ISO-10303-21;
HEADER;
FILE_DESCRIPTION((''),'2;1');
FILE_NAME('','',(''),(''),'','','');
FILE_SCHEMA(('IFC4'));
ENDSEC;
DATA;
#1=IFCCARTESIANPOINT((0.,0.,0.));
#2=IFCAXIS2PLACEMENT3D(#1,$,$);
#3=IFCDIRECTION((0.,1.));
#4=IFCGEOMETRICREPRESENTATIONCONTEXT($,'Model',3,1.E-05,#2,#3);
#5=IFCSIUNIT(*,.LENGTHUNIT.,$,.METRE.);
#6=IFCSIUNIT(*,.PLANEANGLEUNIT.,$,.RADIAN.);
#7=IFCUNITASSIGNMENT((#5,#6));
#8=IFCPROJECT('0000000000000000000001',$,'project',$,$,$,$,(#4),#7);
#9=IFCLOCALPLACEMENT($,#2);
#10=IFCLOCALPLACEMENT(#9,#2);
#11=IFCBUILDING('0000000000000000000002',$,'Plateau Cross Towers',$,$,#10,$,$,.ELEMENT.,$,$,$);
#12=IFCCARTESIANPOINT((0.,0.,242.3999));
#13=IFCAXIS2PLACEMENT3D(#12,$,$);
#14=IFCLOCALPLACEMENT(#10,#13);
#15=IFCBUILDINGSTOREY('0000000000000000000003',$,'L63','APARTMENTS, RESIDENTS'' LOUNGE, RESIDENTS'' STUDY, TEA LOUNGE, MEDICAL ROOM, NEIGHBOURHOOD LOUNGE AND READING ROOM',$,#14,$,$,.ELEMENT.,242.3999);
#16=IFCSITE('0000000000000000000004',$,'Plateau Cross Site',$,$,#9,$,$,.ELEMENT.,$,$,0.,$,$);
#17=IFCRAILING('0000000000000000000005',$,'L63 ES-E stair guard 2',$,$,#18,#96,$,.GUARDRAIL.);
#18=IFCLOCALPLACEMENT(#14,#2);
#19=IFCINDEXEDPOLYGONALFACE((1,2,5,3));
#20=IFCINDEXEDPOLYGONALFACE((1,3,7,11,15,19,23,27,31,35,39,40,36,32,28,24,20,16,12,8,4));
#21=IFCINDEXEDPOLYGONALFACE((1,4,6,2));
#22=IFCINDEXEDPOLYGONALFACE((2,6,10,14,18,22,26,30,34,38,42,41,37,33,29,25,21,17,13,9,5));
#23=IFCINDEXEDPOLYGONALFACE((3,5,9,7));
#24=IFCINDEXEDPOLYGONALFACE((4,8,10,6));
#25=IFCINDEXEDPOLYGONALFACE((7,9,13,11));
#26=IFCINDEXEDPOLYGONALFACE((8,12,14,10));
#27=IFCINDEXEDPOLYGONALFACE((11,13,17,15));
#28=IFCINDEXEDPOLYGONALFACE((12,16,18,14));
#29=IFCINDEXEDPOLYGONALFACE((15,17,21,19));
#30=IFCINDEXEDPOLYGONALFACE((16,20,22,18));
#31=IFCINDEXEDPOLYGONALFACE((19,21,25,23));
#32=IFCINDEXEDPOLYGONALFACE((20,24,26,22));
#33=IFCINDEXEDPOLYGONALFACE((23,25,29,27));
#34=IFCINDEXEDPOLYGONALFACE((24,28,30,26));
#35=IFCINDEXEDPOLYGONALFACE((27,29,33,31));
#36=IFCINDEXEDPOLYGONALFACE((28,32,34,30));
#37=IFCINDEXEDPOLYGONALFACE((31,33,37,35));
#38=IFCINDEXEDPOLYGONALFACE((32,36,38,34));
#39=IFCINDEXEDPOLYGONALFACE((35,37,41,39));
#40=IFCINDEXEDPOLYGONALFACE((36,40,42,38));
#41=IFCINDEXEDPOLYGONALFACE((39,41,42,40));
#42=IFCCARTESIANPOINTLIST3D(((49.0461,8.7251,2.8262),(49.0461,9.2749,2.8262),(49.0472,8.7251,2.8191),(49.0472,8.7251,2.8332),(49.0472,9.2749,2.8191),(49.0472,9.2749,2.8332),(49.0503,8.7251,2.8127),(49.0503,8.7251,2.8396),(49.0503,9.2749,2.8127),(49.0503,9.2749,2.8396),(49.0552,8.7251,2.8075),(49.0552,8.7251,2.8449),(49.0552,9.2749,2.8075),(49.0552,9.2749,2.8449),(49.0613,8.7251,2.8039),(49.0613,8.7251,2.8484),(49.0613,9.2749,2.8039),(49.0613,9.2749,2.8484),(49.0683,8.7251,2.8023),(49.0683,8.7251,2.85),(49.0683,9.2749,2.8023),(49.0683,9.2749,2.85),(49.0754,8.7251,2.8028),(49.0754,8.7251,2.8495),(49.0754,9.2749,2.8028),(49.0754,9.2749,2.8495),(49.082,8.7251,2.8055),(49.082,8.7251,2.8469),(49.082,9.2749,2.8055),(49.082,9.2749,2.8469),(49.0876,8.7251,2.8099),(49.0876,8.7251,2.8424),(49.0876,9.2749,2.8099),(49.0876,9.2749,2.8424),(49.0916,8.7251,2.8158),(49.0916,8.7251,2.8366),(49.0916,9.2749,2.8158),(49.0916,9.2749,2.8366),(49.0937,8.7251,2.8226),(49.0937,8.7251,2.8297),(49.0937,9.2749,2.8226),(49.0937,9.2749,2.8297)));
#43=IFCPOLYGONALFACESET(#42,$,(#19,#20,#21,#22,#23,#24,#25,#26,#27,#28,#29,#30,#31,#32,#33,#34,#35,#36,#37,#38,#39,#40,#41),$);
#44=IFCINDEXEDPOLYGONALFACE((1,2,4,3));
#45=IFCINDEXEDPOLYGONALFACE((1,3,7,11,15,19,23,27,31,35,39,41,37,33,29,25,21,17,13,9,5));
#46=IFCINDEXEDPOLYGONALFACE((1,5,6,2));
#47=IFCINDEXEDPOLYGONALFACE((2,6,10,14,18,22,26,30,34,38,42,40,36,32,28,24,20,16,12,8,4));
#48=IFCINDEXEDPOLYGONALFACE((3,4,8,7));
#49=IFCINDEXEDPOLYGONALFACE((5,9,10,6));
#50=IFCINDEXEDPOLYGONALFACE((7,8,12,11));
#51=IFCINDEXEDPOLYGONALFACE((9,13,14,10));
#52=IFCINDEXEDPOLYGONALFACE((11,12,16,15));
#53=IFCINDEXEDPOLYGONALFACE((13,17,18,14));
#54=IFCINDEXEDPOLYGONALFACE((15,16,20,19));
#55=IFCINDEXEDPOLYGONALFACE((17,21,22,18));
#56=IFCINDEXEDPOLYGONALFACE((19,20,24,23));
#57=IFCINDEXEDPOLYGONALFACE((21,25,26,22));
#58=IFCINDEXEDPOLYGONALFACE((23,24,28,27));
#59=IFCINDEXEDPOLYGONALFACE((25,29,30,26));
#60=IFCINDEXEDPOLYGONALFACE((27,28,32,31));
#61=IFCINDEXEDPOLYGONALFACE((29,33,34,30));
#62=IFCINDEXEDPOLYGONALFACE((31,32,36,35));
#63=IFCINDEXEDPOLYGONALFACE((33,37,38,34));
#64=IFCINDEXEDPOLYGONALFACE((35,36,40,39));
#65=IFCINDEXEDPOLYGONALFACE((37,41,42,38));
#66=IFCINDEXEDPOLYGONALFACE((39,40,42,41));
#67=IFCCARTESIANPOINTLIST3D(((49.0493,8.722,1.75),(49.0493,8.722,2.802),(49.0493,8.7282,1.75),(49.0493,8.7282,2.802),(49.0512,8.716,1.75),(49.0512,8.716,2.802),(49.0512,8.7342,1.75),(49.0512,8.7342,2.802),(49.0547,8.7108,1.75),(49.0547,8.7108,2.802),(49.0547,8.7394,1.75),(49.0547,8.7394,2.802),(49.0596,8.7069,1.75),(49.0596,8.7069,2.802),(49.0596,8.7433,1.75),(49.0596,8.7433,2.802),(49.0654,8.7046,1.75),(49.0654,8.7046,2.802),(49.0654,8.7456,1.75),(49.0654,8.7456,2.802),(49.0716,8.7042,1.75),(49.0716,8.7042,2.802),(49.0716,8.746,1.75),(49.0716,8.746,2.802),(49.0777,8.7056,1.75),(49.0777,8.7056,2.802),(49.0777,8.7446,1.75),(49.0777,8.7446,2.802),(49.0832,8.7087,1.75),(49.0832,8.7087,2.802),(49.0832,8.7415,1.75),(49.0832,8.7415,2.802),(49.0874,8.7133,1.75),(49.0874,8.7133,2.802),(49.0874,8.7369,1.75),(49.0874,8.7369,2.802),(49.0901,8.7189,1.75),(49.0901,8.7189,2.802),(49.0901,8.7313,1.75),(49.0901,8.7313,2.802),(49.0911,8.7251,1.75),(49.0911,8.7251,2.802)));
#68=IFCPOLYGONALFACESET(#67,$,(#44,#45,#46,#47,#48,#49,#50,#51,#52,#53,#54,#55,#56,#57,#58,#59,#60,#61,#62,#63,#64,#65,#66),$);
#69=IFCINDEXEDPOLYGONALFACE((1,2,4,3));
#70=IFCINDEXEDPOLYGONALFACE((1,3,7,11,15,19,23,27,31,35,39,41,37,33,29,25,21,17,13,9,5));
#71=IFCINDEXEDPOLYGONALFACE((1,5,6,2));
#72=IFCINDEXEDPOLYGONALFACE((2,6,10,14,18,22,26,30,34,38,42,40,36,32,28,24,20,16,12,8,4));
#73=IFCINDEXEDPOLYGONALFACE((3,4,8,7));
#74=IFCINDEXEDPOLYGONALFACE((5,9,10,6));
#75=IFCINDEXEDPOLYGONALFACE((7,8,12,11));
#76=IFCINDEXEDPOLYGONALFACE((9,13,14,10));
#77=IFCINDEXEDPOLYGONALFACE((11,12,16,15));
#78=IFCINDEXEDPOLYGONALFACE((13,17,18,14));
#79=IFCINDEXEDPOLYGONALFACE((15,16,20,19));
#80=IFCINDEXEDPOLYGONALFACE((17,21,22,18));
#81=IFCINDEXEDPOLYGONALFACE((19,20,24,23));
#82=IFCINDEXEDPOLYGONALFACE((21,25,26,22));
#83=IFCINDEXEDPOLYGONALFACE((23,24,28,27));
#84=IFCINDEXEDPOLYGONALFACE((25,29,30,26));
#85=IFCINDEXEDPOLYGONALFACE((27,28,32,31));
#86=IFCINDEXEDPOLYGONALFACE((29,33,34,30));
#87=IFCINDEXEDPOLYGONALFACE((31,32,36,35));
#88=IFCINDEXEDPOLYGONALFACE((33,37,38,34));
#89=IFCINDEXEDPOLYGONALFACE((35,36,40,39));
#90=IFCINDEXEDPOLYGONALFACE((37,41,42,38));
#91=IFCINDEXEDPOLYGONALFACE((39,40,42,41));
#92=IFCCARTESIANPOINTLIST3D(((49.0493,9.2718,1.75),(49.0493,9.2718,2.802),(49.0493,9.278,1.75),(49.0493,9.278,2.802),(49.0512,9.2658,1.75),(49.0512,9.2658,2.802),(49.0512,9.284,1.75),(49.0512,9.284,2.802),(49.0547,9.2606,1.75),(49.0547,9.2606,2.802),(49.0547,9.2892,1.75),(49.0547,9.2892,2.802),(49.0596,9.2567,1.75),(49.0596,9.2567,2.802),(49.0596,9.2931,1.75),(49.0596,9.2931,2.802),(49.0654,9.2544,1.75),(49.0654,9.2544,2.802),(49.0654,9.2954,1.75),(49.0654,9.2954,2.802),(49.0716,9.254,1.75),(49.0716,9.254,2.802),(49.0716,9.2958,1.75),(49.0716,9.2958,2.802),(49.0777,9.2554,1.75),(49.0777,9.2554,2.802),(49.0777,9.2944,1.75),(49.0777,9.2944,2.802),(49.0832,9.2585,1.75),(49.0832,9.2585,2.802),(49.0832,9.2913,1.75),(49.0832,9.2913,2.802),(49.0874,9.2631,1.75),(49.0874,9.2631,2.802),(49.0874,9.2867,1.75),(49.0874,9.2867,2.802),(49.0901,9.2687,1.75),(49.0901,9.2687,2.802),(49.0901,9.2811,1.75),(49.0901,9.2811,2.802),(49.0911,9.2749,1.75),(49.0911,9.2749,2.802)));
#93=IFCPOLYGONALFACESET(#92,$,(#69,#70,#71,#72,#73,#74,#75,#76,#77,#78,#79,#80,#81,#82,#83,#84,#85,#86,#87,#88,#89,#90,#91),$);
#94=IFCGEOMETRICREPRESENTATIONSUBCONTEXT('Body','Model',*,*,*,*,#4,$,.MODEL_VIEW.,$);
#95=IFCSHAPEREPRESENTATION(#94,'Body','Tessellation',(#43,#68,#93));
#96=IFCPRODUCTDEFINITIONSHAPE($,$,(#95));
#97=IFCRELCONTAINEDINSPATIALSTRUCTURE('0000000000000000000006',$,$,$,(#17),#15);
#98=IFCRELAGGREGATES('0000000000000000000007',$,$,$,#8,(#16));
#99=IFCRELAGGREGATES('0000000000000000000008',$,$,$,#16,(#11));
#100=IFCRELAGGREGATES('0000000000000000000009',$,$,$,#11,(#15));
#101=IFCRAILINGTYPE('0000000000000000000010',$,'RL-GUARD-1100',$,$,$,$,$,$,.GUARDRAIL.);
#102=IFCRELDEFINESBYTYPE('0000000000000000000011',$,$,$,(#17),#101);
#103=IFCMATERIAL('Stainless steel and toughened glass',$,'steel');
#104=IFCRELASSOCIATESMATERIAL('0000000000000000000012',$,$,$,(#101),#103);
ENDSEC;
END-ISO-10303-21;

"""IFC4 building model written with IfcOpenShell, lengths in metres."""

from ifc_helpers import new_model, si_unit, direction, frame, origin, origin_2d, place, context, subcontext, project, spatial, circle, extrude, material, type_object, element, save


model = new_model("IFC4")

# Units and contexts
model_context = context("Model", 3, precision=1e-05, world=origin(), true_north=direction((0.0, 1.0)))
body_context = subcontext(model_context, "Body", "Model", "MODEL_VIEW")
ifc_project = project(units=[si_unit("LENGTHUNIT", "METRE"), si_unit("PLANEANGLEUNIT", "RADIAN")], contexts=[model_context])

# Site, building, storey
site_placement = place(None, origin())
site = spatial("IfcSite", under=ifc_project, at=site_placement, Name="Plateau Cross Site", CompositionType="ELEMENT", RefElevation=0.0)
building_placement = place(site_placement, origin())
building = spatial("IfcBuilding", under=site, at=building_placement, Name="Plateau Cross Towers", CompositionType="ELEMENT")
storey_placement = place(building_placement, frame((0.0, 0.0, 242.3999)))
storey = spatial("IfcBuildingStorey", under=building, at=storey_placement, Name="L63", Description="APARTMENTS, RESIDENTS' LOUNGE, RESIDENTS' STUDY, TEA LOUNGE, MEDICAL ROOM, NEIGHBOURHOOD LOUNGE AND READING ROOM", CompositionType="ELEMENT", Elevation=242.3999)

# Railing
ifc_material_1 = material(Name="Stainless steel and toughened glass", Category="steel")
railing_type_1 = type_object("IfcRailingType", Name="RL-GUARD-1100", PredefinedType="GUARDRAIL", material=ifc_material_1)
railing_1_placement = place(storey_placement, frame((49.0701, 8.7251, 1.75)))
element("IfcRailing", 1, at=railing_1_placement, inside=storey, type_object=railing_type_1, Name="L63 ES-E stair guard 2", PredefinedType="GUARDRAIL", context=body_context, shape_type="SweptSolid", body=[
    extrude(circle(Radius=0.0239, at=origin_2d()), frame((0.0, 0.0, 1.0762), z_axis=(0.0, 1.0, 0.0), x_axis=(-1.0, 0.0, 0.0)), (0.0, 0.0, 1.0), 0.5498),
    extrude(circle(Radius=0.021, at=origin_2d()), origin(), (0.0, 0.0, 1.0), 1.052),
    extrude(circle(Radius=0.021, at=origin_2d()), frame((0.0, 0.5498, 0.0)), (0.0, 0.0, 1.0), 1.052),
])

save(model, "model.ifc")
